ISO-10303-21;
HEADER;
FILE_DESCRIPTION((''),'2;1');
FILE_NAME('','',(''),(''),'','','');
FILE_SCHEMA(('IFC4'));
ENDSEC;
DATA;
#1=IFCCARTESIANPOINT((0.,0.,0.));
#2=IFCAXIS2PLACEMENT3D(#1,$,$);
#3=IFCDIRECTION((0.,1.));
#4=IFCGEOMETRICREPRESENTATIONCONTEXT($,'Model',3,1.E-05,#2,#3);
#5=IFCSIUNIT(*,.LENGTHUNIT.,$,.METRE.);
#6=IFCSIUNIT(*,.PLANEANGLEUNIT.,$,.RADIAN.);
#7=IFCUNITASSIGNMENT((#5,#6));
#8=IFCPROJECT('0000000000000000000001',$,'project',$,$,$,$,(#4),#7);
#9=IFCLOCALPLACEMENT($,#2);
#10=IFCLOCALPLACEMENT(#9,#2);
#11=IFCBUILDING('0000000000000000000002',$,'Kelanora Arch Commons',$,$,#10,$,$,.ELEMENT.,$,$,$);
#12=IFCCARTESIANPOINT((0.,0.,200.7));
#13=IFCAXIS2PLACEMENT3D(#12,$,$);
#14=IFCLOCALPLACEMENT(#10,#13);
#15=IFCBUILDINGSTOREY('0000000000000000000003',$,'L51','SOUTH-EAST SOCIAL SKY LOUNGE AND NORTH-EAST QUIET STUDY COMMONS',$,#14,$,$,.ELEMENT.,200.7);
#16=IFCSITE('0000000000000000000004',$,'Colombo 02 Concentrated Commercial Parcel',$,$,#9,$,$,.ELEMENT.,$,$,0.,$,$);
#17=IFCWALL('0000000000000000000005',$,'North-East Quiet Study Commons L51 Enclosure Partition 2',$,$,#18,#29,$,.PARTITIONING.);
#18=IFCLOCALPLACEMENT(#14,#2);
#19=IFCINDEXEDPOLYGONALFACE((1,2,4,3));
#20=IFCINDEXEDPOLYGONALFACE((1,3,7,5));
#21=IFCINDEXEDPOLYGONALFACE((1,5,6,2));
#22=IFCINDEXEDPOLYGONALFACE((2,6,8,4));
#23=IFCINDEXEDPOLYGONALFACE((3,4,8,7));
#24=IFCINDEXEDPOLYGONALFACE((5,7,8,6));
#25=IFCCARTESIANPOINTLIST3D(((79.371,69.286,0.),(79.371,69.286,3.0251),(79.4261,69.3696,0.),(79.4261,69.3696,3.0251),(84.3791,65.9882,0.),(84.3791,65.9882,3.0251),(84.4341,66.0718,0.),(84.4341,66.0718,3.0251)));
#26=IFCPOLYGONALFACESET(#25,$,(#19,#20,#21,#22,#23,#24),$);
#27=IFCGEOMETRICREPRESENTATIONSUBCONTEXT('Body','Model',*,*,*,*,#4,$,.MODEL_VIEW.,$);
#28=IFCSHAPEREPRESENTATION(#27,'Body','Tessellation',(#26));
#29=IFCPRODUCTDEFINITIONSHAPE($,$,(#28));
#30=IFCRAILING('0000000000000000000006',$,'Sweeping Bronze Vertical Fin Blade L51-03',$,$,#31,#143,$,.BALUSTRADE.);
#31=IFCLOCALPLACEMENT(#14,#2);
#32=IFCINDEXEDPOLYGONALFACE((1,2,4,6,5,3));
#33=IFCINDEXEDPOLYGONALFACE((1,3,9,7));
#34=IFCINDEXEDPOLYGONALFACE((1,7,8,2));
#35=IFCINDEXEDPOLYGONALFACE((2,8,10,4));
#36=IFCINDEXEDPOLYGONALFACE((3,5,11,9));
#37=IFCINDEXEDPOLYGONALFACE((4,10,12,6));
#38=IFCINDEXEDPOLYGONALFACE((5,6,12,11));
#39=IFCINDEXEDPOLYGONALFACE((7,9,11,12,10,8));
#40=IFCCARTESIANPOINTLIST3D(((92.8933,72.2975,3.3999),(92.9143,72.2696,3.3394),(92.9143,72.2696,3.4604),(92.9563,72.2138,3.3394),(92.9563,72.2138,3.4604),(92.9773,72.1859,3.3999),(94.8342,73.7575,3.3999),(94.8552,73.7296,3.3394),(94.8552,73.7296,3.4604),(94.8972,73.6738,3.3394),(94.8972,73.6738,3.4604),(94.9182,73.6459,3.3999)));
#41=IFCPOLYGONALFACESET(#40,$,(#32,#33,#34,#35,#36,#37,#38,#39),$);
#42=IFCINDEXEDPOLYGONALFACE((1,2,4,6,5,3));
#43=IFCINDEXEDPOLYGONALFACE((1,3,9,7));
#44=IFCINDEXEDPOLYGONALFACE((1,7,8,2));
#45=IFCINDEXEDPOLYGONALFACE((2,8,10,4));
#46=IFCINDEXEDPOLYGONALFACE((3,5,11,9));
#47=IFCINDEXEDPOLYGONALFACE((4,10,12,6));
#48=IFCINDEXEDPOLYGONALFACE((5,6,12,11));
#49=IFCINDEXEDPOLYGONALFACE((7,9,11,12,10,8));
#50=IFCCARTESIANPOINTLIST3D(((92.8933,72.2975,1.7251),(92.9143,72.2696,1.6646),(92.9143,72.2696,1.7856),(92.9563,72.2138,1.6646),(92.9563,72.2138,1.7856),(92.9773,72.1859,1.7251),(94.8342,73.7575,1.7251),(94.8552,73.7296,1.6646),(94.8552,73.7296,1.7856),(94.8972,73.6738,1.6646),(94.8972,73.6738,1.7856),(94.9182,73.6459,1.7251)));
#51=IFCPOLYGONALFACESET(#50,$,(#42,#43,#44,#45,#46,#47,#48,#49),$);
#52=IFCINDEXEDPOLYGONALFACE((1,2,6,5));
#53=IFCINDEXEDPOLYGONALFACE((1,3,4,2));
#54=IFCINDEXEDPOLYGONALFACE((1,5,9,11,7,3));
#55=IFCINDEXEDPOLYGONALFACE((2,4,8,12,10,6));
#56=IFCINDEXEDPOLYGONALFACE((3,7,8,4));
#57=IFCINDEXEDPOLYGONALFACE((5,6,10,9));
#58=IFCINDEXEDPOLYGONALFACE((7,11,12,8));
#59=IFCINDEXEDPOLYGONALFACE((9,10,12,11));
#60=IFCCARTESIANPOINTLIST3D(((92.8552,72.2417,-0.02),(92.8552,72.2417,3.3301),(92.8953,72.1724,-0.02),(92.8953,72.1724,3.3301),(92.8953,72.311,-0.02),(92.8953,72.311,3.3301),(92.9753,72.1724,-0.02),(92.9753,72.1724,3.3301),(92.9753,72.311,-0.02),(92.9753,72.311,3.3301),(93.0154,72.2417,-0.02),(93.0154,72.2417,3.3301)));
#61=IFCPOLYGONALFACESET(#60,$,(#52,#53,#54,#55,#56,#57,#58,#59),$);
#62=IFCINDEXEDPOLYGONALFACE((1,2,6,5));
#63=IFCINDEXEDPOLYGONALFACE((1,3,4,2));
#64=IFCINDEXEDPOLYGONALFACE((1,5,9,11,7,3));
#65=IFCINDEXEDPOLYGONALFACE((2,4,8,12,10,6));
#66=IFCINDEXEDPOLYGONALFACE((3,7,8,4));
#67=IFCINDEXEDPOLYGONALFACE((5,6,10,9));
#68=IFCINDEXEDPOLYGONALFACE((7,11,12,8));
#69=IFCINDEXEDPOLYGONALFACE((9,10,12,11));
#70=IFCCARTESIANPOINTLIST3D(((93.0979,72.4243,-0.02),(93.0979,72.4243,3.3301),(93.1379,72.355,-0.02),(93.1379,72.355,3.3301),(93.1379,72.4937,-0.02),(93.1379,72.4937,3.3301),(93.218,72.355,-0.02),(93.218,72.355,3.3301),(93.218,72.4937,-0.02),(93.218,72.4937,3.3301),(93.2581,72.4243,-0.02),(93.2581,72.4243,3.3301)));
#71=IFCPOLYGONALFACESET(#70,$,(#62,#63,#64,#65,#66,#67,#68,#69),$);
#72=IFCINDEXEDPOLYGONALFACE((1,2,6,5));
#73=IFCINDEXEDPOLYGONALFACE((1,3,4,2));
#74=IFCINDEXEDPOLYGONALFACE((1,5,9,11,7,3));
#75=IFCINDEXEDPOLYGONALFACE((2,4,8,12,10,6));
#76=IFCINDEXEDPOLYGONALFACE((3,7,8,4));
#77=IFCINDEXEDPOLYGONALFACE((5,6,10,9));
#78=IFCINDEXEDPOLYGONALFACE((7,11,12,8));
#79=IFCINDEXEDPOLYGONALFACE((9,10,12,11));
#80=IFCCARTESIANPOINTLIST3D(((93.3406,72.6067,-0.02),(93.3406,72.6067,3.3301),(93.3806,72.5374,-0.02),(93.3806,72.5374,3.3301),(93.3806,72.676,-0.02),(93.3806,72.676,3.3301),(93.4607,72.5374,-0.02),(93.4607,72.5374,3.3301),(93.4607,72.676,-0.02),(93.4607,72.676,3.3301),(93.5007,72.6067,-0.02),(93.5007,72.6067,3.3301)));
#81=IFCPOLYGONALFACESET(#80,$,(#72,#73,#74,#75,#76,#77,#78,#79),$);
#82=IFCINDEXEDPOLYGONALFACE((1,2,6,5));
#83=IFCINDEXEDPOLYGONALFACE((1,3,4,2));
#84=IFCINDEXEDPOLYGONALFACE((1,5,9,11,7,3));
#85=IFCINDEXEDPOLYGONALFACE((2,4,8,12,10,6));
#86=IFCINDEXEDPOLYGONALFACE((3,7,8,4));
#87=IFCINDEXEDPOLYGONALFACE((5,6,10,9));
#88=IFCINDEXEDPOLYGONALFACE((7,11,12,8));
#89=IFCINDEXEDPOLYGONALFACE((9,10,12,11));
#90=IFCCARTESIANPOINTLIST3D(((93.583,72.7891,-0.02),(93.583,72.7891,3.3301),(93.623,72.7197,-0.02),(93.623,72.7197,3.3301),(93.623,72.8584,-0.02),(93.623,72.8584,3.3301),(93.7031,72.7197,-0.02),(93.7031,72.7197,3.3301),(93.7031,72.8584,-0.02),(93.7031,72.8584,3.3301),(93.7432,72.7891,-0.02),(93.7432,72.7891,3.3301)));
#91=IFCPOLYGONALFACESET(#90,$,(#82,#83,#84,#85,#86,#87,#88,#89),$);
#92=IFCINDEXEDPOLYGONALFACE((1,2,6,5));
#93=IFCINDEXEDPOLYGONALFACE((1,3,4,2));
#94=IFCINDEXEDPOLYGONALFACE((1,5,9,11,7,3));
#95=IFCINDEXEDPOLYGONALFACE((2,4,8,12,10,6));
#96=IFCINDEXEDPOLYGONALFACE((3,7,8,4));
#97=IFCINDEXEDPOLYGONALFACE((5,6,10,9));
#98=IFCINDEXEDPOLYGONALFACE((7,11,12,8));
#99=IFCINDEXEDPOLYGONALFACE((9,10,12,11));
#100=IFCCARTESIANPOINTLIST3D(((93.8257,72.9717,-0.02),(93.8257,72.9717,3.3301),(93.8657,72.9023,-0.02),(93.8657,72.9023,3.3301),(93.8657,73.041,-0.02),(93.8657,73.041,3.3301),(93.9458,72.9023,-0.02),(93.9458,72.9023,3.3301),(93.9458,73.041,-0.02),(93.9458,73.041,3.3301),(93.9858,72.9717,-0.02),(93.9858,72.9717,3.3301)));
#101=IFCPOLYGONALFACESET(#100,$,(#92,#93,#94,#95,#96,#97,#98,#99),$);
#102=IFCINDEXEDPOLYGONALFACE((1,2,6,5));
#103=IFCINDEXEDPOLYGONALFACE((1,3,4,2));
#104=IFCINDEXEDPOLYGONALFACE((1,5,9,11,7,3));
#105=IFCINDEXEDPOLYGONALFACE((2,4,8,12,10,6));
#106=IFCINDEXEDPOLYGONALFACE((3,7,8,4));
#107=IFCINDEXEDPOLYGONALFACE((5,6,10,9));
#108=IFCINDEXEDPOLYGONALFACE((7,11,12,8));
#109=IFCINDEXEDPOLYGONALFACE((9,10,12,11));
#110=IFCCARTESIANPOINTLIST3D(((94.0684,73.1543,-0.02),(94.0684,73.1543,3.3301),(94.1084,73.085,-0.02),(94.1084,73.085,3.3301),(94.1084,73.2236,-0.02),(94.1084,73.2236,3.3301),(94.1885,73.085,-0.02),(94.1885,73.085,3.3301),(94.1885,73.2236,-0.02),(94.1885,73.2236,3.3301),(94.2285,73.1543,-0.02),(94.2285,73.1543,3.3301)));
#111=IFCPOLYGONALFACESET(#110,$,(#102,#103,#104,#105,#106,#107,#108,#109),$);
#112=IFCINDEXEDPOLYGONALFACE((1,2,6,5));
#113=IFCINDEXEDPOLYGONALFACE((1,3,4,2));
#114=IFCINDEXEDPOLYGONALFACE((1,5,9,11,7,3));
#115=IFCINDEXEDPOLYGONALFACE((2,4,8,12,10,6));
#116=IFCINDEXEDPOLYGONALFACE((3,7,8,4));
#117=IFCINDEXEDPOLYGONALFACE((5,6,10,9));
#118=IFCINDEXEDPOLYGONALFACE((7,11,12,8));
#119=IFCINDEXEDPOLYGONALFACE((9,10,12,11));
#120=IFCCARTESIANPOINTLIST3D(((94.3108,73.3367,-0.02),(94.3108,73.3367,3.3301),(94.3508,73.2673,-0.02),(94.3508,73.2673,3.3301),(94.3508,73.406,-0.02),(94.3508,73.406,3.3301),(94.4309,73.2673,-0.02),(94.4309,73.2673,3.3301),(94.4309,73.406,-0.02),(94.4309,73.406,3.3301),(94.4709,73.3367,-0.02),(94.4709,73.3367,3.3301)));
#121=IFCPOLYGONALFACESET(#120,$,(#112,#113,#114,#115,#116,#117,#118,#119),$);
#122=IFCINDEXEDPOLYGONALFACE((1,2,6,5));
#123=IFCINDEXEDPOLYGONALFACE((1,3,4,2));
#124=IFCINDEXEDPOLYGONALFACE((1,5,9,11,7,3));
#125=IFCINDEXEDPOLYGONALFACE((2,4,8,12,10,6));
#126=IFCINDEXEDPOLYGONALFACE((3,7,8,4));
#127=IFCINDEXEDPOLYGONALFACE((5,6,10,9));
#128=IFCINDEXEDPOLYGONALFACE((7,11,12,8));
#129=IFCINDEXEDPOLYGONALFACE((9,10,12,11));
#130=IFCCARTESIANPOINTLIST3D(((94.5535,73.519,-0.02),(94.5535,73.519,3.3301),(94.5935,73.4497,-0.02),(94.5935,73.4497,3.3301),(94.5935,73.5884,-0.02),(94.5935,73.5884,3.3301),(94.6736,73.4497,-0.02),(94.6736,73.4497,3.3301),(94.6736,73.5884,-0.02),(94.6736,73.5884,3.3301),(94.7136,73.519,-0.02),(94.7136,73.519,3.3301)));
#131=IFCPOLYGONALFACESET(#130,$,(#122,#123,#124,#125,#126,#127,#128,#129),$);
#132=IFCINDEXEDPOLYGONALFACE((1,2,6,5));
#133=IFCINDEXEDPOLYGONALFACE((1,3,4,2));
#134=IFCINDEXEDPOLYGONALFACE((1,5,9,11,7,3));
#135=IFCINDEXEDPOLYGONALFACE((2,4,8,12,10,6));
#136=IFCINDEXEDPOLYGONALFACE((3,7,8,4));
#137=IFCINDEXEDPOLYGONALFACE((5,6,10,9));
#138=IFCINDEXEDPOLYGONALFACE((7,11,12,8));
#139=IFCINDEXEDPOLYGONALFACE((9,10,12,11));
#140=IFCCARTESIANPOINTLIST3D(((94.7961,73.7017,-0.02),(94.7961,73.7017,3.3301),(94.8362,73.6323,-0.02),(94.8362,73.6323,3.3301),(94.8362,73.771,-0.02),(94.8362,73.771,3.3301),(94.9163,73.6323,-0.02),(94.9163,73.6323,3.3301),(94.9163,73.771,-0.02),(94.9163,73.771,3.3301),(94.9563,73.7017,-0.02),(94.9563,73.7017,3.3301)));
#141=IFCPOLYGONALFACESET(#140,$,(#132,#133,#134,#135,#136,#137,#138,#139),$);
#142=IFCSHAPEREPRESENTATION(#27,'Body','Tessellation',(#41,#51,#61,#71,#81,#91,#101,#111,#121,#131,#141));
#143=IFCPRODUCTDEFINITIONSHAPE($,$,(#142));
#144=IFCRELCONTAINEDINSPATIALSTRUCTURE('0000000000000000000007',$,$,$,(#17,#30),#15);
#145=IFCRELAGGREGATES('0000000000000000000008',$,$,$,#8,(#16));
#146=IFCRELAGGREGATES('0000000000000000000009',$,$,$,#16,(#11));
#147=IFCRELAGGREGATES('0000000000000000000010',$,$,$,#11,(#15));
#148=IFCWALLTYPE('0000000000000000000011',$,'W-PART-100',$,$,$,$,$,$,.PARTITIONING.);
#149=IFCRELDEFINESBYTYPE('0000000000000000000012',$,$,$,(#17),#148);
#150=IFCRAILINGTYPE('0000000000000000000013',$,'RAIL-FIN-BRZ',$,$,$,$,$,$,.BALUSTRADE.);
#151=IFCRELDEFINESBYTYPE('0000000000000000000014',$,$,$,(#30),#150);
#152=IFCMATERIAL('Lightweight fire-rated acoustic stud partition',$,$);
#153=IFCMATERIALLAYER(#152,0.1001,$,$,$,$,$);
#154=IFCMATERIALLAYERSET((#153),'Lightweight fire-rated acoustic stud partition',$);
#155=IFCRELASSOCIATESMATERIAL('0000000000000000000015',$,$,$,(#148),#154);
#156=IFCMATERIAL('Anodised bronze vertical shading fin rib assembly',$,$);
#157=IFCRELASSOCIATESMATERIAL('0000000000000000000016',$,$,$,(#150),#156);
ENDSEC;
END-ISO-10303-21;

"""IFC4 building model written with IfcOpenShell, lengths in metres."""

from ifc_helpers import new_model, si_unit, direction, frame, frame_2d, origin, place, context, subcontext, project, spatial, polyline, rectangle, outline, extrude, material, layer, layer_set, type_object, element, save


model = new_model("IFC4")

# Units and contexts
model_context = context("Model", 3, precision=1e-05, world=origin(), true_north=direction((0.0, 1.0)))
body_context = subcontext(model_context, "Body", "Model", "MODEL_VIEW")
ifc_project = project(units=[si_unit("LENGTHUNIT", "METRE"), si_unit("PLANEANGLEUNIT", "RADIAN")], contexts=[model_context])

# Site, building, storey
site_placement = place(None, origin())
site = spatial("IfcSite", under=ifc_project, at=site_placement, Name="Colombo 02 Concentrated Commercial Parcel", CompositionType="ELEMENT", RefElevation=0.0)
building_placement = place(site_placement, origin())
building = spatial("IfcBuilding", under=site, at=building_placement, Name="Kelanora Arch Commons", CompositionType="ELEMENT")
storey_placement = place(building_placement, frame((0.0, 0.0, 200.7)))
storey = spatial("IfcBuildingStorey", under=building, at=storey_placement, Name="L51", Description="SOUTH-EAST SOCIAL SKY LOUNGE AND NORTH-EAST QUIET STUDY COMMONS", CompositionType="ELEMENT", Elevation=200.7)

# Wall
ifc_material_1 = material(Name="Lightweight fire-rated acoustic stud partition")
ifc_layer_1 = layer(ifc_material_1, 0.1001)
ifc_layer_set_1 = layer_set([ifc_layer_1], Name="Lightweight fire-rated acoustic stud partition")
wall_type_1 = type_object("IfcWallType", Name="W-PART-100", PredefinedType="PARTITIONING", material=ifc_layer_set_1)
wall_1_placement = place(storey_placement, frame((84.4065, 66.03, 0.0), z_axis=(0.0, 0.0, 1.0), x_axis=(-0.835181, 0.549975, 0.0)))
element("IfcWall", 1, at=wall_1_placement, inside=storey, type_object=wall_type_1, Name="North-East Quiet Study Commons L51 Enclosure Partition 2", PredefinedType="PARTITIONING", context=body_context, shape_type="SweptSolid", body=[
    extrude(rectangle(XDim=5.9963, YDim=0.1001, at=frame_2d((2.998, 0.0))), origin(), (0.0, 0.0, 1.0), 3.0251),
])

# Railing
ifc_material_2 = material(Name="Anodised bronze vertical shading fin rib assembly")
railing_type = type_object("IfcRailingType", Name="RAIL-FIN-BRZ", PredefinedType="BALUSTRADE", material=ifc_material_2)
railing_1_placement = place(storey_placement, frame((92.9353, 72.2417, -0.02)))
element("IfcRailing", 2, at=railing_1_placement, inside=storey, type_object=railing_type, Name="Sweeping Bronze Vertical Fin Blade L51-03", PredefinedType="BALUSTRADE", context=body_context, shape_type="SweptSolid", body=[
    extrude(outline(polyline([(0.0698, 0.0), (0.0349, 0.0605), (-0.0349, 0.0605), (-0.0698, 0.0), (-0.0349, -0.0605), (0.0349, -0.0605), (0.0698, 0.0)])), frame((0.0, 0.0, 3.4199), z_axis=(0.799155, 0.601125, 0.0), x_axis=(-0.601125, 0.799155, 0.0)), (0.0, 0.0, 1.0), 2.4287),
    extrude(outline(polyline([(0.0698, 0.0), (0.0349, 0.0605), (-0.0349, 0.0605), (-0.0698, 0.0), (-0.0349, -0.0605), (0.0349, -0.0605), (0.0698, 0.0)])), frame((0.0, 0.0, 1.7451), z_axis=(0.799155, 0.601125, 0.0), x_axis=(-0.601125, 0.799155, 0.0)), (0.0, 0.0, 1.0), 2.4287),
    extrude(outline(polyline([(0.0801, 0.0), (0.04, 0.0693), (-0.04, 0.0693), (-0.0801, 0.0), (-0.04, -0.0693), (0.04, -0.0693), (0.0801, 0.0)])), origin(), (0.0, 0.0, 1.0), 3.3501),
    extrude(outline(polyline([(0.0801, 0.0), (0.04, 0.0693), (-0.04, 0.0693), (-0.0801, 0.0), (-0.04, -0.0693), (0.04, -0.0693), (0.0801, 0.0)])), frame((0.2427, 0.1826, 0.0)), (0.0, 0.0, 1.0), 3.3501),
    extrude(outline(polyline([(0.0801, 0.0), (0.04, 0.0693), (-0.04, 0.0693), (-0.0801, 0.0), (-0.04, -0.0693), (0.04, -0.0693), (0.0801, 0.0)])), frame((0.4854, 0.365, 0.0)), (0.0, 0.0, 1.0), 3.3501),
    extrude(outline(polyline([(0.0801, 0.0), (0.04, 0.0693), (-0.04, 0.0693), (-0.0801, 0.0), (-0.04, -0.0693), (0.04, -0.0693), (0.0801, 0.0)])), frame((0.7278, 0.5474, 0.0)), (0.0, 0.0, 1.0), 3.3501),
    extrude(outline(polyline([(0.0801, 0.0), (0.04, 0.0693), (-0.04, 0.0693), (-0.0801, 0.0), (-0.04, -0.0693), (0.04, -0.0693), (0.0801, 0.0)])), frame((0.9705, 0.73, 0.0)), (0.0, 0.0, 1.0), 3.3501),
    extrude(outline(polyline([(0.0801, 0.0), (0.04, 0.0693), (-0.04, 0.0693), (-0.0801, 0.0), (-0.04, -0.0693), (0.04, -0.0693), (0.0801, 0.0)])), frame((1.2131, 0.9126, 0.0)), (0.0, 0.0, 1.0), 3.3501),
    extrude(outline(polyline([(0.0801, 0.0), (0.04, 0.0693), (-0.04, 0.0693), (-0.0801, 0.0), (-0.04, -0.0693), (0.04, -0.0693), (0.0801, 0.0)])), frame((1.4556, 1.095, 0.0)), (0.0, 0.0, 1.0), 3.3501),
    extrude(outline(polyline([(0.0801, 0.0), (0.04, 0.0693), (-0.04, 0.0693), (-0.0801, 0.0), (-0.04, -0.0693), (0.04, -0.0693), (0.0801, 0.0)])), frame((1.6982, 1.2773, 0.0)), (0.0, 0.0, 1.0), 3.3501),
    extrude(outline(polyline([(0.0801, 0.0), (0.04, 0.0693), (-0.04, 0.0693), (-0.0801, 0.0), (-0.04, -0.0693), (0.04, -0.0693), (0.0801, 0.0)])), frame((1.9409, 1.46, 0.0)), (0.0, 0.0, 1.0), 3.3501),
])

save(model, "model.ifc")
